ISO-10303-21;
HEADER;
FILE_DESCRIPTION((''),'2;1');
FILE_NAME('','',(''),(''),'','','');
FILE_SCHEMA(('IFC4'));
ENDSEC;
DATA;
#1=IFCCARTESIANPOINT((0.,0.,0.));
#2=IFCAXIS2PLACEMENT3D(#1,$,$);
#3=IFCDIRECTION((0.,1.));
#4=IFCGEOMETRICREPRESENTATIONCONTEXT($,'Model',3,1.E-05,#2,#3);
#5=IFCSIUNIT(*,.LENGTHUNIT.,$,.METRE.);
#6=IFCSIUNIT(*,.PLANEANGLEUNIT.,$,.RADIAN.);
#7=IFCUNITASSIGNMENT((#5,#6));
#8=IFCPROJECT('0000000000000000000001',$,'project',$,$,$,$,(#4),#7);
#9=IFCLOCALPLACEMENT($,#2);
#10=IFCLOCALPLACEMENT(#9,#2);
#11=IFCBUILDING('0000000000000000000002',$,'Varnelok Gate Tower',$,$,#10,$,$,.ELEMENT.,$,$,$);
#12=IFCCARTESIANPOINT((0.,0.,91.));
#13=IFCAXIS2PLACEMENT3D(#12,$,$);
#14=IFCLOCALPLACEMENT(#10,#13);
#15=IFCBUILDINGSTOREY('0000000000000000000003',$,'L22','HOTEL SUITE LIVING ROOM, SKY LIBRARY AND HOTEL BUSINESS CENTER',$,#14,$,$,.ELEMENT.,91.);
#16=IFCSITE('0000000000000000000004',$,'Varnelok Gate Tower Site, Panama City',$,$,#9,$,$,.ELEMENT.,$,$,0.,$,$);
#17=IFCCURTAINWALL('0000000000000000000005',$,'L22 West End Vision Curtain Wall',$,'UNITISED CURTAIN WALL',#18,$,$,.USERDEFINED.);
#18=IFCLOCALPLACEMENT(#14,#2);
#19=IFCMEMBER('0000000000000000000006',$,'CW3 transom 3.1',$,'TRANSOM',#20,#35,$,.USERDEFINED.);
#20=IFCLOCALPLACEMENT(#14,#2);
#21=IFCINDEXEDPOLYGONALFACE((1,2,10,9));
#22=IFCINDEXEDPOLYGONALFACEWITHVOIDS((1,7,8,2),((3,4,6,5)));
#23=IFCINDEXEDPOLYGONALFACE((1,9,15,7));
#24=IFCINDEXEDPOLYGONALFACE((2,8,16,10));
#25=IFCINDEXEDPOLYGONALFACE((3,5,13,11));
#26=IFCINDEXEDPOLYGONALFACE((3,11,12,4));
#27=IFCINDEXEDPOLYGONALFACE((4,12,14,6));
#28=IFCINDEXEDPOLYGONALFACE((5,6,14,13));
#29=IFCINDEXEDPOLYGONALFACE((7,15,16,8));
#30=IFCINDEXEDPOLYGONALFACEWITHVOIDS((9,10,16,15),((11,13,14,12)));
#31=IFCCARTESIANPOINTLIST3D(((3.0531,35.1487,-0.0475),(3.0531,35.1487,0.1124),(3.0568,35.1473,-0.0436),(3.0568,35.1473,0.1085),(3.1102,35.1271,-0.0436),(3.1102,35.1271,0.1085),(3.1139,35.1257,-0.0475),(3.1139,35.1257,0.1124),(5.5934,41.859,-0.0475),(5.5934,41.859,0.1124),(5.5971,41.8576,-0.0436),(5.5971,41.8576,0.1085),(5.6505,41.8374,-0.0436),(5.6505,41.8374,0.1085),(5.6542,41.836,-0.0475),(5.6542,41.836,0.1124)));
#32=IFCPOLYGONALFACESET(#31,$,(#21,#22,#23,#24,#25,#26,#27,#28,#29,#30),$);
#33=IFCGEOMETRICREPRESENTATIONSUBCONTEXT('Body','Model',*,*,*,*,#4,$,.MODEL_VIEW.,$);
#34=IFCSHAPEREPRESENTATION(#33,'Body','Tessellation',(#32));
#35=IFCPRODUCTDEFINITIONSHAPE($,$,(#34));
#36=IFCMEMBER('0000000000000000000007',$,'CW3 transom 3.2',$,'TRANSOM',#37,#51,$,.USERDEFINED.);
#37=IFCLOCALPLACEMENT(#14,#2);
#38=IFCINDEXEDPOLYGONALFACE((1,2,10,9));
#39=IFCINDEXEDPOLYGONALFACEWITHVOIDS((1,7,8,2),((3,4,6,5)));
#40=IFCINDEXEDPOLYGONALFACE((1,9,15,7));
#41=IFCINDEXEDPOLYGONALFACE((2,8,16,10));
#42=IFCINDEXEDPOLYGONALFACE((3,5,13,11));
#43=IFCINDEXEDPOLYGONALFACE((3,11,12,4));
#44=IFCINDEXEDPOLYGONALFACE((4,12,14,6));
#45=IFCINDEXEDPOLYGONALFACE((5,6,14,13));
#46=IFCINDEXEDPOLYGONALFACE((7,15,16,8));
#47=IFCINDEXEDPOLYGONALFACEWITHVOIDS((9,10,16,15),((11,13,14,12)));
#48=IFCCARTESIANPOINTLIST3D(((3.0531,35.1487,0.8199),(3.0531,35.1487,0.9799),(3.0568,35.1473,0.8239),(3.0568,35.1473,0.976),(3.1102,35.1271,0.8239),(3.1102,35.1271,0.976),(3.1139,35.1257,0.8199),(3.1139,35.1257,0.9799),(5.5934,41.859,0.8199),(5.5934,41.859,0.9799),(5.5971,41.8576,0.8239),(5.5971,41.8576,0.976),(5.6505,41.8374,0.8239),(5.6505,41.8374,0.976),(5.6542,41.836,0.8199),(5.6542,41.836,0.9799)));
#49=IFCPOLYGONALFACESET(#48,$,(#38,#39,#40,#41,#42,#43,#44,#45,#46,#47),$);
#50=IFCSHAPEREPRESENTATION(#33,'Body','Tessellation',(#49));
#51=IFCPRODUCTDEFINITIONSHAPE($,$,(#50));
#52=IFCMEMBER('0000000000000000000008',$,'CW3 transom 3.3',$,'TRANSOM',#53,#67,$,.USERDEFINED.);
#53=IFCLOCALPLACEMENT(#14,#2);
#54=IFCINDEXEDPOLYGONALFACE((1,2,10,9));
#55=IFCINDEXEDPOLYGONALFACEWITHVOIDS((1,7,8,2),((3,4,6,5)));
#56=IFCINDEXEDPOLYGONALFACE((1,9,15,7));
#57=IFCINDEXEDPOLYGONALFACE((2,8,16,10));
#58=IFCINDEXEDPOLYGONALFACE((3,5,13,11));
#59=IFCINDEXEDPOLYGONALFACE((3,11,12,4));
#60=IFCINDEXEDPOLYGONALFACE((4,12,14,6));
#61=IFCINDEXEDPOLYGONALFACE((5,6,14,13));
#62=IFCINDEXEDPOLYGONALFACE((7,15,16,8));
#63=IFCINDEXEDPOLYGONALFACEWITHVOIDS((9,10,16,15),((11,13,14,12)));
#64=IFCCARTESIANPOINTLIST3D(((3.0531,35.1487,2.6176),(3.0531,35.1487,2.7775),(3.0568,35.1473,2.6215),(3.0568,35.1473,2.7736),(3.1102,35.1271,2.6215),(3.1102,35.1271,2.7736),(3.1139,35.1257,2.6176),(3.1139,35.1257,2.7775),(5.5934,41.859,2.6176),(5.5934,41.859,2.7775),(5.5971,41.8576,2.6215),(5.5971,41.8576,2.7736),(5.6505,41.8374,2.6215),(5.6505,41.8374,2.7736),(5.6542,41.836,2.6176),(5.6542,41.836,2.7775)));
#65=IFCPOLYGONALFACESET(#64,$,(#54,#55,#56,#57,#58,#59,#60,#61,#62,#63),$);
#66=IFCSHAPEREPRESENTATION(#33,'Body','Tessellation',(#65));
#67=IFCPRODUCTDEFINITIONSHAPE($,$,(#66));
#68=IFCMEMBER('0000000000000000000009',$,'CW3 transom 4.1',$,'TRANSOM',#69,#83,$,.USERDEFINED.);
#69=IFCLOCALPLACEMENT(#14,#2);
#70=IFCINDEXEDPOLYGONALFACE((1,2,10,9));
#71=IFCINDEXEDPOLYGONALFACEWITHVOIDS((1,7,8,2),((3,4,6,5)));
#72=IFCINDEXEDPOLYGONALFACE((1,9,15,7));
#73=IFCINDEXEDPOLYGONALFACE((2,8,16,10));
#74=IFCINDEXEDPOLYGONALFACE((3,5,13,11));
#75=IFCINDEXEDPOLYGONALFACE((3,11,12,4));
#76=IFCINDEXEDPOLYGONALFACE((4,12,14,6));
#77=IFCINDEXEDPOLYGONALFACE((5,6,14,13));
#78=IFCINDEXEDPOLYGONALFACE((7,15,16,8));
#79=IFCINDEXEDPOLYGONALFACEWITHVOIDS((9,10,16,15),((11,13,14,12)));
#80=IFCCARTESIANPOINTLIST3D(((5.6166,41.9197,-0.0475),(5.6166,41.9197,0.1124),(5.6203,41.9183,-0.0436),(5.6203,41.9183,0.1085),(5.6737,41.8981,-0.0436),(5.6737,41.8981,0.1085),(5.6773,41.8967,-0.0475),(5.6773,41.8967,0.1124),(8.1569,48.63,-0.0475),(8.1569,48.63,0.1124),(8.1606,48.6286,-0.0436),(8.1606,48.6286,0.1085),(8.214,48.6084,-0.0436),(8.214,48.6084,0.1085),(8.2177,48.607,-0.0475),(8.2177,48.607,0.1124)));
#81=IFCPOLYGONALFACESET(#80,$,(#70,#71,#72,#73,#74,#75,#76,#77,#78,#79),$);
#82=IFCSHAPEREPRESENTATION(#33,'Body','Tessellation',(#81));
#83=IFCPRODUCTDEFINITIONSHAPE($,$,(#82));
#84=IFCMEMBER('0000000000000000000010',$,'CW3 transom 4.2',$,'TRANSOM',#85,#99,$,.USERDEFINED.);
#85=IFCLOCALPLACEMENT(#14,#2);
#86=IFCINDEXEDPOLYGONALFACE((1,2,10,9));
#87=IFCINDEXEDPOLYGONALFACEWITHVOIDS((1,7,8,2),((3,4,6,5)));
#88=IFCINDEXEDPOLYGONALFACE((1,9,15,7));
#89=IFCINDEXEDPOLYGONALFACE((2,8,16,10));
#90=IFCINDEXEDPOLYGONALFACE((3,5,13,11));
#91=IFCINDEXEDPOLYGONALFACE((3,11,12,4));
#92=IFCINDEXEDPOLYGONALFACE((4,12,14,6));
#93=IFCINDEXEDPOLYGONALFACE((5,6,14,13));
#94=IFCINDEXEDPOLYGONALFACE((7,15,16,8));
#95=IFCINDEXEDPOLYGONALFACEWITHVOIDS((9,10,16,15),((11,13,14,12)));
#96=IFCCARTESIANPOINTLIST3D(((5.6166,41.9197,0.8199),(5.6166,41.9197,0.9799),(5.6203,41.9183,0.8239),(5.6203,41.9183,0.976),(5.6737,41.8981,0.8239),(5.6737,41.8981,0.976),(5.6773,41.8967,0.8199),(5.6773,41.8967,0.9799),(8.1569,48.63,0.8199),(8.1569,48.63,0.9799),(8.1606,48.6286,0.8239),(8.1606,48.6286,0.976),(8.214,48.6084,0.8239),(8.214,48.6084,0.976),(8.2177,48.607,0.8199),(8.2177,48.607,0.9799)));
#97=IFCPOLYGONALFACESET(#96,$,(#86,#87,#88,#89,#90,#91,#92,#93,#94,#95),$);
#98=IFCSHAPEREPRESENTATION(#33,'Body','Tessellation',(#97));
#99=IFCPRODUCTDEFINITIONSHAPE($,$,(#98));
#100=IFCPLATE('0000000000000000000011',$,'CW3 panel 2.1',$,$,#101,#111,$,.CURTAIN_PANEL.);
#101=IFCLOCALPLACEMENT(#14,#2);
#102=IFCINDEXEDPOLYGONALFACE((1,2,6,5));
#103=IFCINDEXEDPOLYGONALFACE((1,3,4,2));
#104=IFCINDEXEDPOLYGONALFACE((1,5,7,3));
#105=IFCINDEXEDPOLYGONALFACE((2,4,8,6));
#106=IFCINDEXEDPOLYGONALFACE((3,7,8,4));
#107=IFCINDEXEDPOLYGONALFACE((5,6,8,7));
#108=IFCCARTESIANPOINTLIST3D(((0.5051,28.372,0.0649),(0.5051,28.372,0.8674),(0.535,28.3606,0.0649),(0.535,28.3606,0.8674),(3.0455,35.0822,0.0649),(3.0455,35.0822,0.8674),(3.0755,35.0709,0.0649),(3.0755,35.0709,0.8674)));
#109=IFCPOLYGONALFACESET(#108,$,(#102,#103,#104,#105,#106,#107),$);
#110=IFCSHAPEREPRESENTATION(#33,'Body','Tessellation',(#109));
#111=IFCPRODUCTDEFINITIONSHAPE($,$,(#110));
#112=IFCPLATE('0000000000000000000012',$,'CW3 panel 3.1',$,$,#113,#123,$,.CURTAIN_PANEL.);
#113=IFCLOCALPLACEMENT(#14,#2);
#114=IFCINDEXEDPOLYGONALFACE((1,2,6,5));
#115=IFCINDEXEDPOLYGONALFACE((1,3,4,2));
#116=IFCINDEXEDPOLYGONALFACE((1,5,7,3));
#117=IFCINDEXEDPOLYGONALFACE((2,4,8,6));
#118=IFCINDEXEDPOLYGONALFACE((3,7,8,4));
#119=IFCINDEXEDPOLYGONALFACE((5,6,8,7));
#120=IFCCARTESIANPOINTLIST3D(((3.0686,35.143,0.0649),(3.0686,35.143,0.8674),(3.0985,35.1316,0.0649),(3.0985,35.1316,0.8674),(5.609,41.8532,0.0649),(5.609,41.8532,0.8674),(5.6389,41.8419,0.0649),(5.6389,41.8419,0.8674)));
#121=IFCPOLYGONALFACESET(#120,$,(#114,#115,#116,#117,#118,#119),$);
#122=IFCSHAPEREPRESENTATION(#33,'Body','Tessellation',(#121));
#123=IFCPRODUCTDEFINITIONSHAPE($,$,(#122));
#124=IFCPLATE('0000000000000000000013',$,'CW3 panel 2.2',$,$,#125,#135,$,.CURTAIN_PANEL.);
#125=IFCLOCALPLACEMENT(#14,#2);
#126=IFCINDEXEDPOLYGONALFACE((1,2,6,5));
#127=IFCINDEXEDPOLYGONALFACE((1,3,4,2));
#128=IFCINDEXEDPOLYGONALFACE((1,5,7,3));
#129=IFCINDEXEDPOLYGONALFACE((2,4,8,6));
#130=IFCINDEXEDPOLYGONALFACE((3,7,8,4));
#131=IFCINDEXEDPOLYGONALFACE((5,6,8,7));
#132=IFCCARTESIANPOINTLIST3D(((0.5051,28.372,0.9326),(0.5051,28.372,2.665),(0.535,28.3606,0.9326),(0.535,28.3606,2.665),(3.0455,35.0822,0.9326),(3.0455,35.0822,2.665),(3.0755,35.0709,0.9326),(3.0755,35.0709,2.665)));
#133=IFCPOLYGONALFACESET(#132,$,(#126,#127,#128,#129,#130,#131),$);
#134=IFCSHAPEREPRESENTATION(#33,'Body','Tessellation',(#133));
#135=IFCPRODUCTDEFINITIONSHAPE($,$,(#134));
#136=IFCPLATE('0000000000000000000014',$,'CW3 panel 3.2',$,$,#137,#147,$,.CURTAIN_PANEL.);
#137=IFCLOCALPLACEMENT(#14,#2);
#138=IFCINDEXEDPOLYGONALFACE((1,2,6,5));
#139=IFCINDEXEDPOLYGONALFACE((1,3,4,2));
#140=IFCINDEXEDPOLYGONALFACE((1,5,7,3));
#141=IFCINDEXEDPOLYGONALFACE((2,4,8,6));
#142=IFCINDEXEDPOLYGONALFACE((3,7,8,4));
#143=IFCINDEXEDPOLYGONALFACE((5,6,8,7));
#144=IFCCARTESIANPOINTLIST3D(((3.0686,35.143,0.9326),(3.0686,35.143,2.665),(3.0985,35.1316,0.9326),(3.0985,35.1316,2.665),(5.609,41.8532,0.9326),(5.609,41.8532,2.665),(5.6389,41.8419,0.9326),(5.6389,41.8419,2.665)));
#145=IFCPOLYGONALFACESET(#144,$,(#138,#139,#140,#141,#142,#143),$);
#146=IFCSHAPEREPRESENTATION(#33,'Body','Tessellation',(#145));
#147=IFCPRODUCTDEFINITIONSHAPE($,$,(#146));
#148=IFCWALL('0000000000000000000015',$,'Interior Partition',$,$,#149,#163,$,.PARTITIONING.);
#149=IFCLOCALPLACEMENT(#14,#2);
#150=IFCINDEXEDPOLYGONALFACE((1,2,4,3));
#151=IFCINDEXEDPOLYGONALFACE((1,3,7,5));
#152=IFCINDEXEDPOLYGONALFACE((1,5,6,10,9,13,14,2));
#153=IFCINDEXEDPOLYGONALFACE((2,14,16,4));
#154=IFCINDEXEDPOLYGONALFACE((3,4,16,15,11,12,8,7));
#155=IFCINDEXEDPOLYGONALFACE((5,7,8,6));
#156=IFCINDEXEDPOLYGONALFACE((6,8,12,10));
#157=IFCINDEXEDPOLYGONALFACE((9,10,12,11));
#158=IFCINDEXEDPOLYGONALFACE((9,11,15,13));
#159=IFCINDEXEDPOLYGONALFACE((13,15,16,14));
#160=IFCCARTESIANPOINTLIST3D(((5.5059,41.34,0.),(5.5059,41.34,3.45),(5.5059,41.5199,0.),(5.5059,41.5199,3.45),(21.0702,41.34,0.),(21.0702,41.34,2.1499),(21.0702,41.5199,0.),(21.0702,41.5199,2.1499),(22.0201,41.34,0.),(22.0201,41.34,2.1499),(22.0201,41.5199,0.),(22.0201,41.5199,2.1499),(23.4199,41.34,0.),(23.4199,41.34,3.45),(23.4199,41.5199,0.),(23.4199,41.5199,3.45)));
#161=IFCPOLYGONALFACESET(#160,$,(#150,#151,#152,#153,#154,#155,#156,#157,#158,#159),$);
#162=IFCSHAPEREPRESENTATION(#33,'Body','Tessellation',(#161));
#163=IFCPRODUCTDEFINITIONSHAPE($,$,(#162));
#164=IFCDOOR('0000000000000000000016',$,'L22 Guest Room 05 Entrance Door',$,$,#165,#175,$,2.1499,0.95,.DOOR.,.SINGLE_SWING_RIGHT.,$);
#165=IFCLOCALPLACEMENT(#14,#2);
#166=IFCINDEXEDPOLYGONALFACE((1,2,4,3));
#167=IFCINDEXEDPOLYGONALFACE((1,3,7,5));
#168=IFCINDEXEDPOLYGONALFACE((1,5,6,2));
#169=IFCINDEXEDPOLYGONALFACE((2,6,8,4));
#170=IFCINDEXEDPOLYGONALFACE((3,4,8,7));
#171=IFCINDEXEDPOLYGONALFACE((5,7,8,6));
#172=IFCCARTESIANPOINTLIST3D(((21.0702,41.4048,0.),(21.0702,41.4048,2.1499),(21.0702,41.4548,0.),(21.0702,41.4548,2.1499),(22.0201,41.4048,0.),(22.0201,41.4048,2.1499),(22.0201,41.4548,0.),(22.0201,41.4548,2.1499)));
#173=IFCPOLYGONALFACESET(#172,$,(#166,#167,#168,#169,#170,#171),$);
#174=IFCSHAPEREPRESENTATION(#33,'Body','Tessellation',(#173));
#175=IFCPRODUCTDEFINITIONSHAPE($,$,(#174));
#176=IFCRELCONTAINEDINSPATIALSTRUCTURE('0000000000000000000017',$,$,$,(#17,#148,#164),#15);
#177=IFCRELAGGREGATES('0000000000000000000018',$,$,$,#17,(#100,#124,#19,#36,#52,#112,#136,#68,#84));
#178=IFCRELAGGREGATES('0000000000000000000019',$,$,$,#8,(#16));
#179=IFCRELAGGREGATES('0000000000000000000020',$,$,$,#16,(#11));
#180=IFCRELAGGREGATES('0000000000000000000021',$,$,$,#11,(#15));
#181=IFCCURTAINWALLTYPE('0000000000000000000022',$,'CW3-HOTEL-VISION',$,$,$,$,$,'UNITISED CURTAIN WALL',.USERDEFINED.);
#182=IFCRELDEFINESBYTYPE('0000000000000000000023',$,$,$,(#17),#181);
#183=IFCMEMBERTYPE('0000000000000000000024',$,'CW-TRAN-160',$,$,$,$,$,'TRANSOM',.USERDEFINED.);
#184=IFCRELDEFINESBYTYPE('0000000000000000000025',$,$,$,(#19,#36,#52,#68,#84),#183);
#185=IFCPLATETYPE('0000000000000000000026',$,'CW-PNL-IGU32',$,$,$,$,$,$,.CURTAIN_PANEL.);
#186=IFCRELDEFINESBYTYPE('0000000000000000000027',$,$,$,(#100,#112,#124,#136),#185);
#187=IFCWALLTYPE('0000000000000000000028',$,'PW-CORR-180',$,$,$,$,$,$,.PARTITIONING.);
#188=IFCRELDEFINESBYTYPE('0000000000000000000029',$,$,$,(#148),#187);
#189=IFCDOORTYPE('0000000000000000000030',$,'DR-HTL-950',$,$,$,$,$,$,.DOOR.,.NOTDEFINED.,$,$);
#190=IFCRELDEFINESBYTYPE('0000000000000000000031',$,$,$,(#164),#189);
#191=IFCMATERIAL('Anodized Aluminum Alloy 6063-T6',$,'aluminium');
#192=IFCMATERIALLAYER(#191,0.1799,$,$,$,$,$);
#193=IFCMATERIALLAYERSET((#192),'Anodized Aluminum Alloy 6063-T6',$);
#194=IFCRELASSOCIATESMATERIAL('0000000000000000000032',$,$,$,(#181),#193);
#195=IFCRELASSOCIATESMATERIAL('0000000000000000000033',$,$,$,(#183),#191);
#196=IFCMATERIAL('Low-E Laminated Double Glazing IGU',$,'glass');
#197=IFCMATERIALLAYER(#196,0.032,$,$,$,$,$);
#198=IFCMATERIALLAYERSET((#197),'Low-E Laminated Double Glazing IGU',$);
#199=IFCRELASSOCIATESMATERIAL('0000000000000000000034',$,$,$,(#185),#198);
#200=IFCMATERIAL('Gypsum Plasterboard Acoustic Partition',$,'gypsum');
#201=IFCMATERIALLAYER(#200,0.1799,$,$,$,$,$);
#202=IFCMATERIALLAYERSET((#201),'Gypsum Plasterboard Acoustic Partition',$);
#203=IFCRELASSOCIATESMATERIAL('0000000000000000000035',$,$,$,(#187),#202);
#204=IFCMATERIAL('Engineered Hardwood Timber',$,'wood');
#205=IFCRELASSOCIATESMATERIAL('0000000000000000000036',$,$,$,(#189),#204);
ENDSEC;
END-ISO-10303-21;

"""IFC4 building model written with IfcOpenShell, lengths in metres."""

from ifc_helpers import new_model, si_unit, direction, frame, frame_2d, origin, origin_2d, place, context, subcontext, project, spatial, rectangle, hollow_rectangle, extrude, source, transform, mapped, material, layer, layer_set, material_profile, profile_set, type_object, element, fill, aggregate, save


model = new_model("IFC4")

# Units and contexts
model_context = context("Model", 3, precision=1e-05, world=origin(), true_north=direction((0.0, 1.0)))
body_context = subcontext(model_context, "Body", "Model", "MODEL_VIEW")
ifc_project = project(units=[si_unit("LENGTHUNIT", "METRE"), si_unit("PLANEANGLEUNIT", "RADIAN")], contexts=[model_context])

# Site, building, storey
site_placement = place(None, origin())
site = spatial("IfcSite", under=ifc_project, at=site_placement, Name="Varnelok Gate Tower Site, Panama City", CompositionType="ELEMENT", RefElevation=0.0)
building_placement = place(site_placement, origin())
building = spatial("IfcBuilding", under=site, at=building_placement, Name="Varnelok Gate Tower", CompositionType="ELEMENT")
storey_placement = place(building_placement, frame((0.0, 0.0, 91.0)))
storey = spatial("IfcBuildingStorey", under=building, at=storey_placement, Name="L22", Description="HOTEL SUITE LIVING ROOM, SKY LIBRARY AND HOTEL BUSINESS CENTER", CompositionType="ELEMENT", Elevation=91.0)

# Curtain wall, members, plates
ifc_material_1 = material(Name="Anodized Aluminum Alloy 6063-T6", Category="aluminium")
ifc_layer_1 = layer(ifc_material_1, 0.1799)
ifc_layer_set_1 = layer_set([ifc_layer_1], Name="Anodized Aluminum Alloy 6063-T6")
curtain_wall_type = type_object("IfcCurtainWallType", Name="CW3-HOTEL-VISION", ElementType="UNITISED CURTAIN WALL", PredefinedType="USERDEFINED", material=ifc_layer_set_1)
curtain_wall_placement = place(storey_placement, origin())
curtain_wall = element("IfcCurtainWall", 1, at=curtain_wall_placement, inside=storey, type_object=curtain_wall_type, Name="L22 West End Vision Curtain Wall", ObjectType="UNITISED CURTAIN WALL", PredefinedType="USERDEFINED")
ifc_material_profile_1 = material_profile(ifc_material_1, hollow_rectangle(XDim=0.0649, YDim=0.1599, WallThickness=0.0039, at=origin_2d()), Name="ALU160X65X4")
ifc_profile_set_1 = profile_set([ifc_material_profile_1], Name="Anodized Aluminum Alloy 6063-T6")
member_type_1 = type_object("IfcMemberType", Name="CW-TRAN-160", ElementType="TRANSOM", PredefinedType="USERDEFINED", material=ifc_profile_set_1)
member_1_placement = place(storey_placement, frame((3.0835, 35.1372, 0.0325), z_axis=(0.354049, 0.935227, 0.0), x_axis=(-0.935227, 0.354049, 0.0)))
member_1 = element("IfcMember", 2, at=member_1_placement, type_object=member_type_1, Name="CW3 transom 3.1", ObjectType="TRANSOM", PredefinedType="USERDEFINED", context=body_context, shape_type="SweptSolid", body=[
    extrude(hollow_rectangle(XDim=0.0649, YDim=0.1599, WallThickness=0.0039, at=origin_2d()), origin(), (0.0, 0.0, 1.0), 7.175),
])
member_2_placement = place(storey_placement, frame((3.0835, 35.1372, 0.8999), z_axis=(0.354049, 0.935227, 0.0), x_axis=(-0.935227, 0.354049, 0.0)))
member_2 = element("IfcMember", 3, at=member_2_placement, type_object=member_type_1, Name="CW3 transom 3.2", ObjectType="TRANSOM", PredefinedType="USERDEFINED", context=body_context, shape_type="SweptSolid", body=[
    extrude(hollow_rectangle(XDim=0.0649, YDim=0.1599, WallThickness=0.0039, at=origin_2d()), origin(), (0.0, 0.0, 1.0), 7.175),
])
member_3_placement = place(storey_placement, frame((3.0835, 35.1372, 2.6975), z_axis=(0.354049, 0.935227, 0.0), x_axis=(-0.935227, 0.354049, 0.0)))
member_3 = element("IfcMember", 4, at=member_3_placement, type_object=member_type_1, Name="CW3 transom 3.3", ObjectType="TRANSOM", PredefinedType="USERDEFINED", context=body_context, shape_type="SweptSolid", body=[
    extrude(hollow_rectangle(XDim=0.0649, YDim=0.1599, WallThickness=0.0039, at=origin_2d()), origin(), (0.0, 0.0, 1.0), 7.175),
])
member_4_placement = place(storey_placement, frame((5.647, 41.9082, 0.0325), z_axis=(0.354049, 0.935227, 0.0), x_axis=(-0.935227, 0.354049, 0.0)))
member_4 = element("IfcMember", 5, at=member_4_placement, type_object=member_type_1, Name="CW3 transom 4.1", ObjectType="TRANSOM", PredefinedType="USERDEFINED", context=body_context, shape_type="SweptSolid", body=[
    extrude(hollow_rectangle(XDim=0.0649, YDim=0.1599, WallThickness=0.0039, at=origin_2d()), origin(), (0.0, 0.0, 1.0), 7.175),
])
member_5_placement = place(storey_placement, frame((5.647, 41.9082, 0.8999), z_axis=(0.354049, 0.935227, 0.0), x_axis=(-0.935227, 0.354049, 0.0)))
member_5 = element("IfcMember", 6, at=member_5_placement, type_object=member_type_1, Name="CW3 transom 4.2", ObjectType="TRANSOM", PredefinedType="USERDEFINED", context=body_context, shape_type="SweptSolid", body=[
    extrude(hollow_rectangle(XDim=0.0649, YDim=0.1599, WallThickness=0.0039, at=origin_2d()), origin(), (0.0, 0.0, 1.0), 7.175),
])
ifc_material_2 = material(Name="Low-E Laminated Double Glazing IGU", Category="glass")
ifc_layer_2 = layer(ifc_material_2, 0.032)
ifc_layer_set_2 = layer_set([ifc_layer_2], Name="Low-E Laminated Double Glazing IGU")
plate_type = type_object("IfcPlateType", Name="CW-PNL-IGU32", PredefinedType="CURTAIN_PANEL", material=ifc_layer_set_2)
shared_shape_1 = source(origin(), body_context, "Body", "SweptSolid", [
    extrude(rectangle(XDim=7.175, YDim=0.032, at=origin_2d()), origin(), (0.0, 0.0, 1.0), 0.8025),
])
plate_1_placement = place(storey_placement, frame((1.7903, 31.7214, 0.0649), z_axis=(0.0, 0.0, 1.0), x_axis=(0.354064, 0.935221, 0.0)))
plate_1 = element("IfcPlate", 7, at=plate_1_placement, type_object=plate_type, Name="CW3 panel 2.1", PredefinedType="CURTAIN_PANEL", context=body_context, shape_type="MappedRepresentation", body=[
    mapped(shared_shape_1, transform((0.0, 0.0, 0.0), scale=1.0)),
])
plate_2_placement = place(storey_placement, frame((4.3538, 38.4924, 0.0649), z_axis=(0.0, 0.0, 1.0), x_axis=(0.354064, 0.935221, 0.0)))
plate_2 = element("IfcPlate", 8, at=plate_2_placement, type_object=plate_type, Name="CW3 panel 3.1", PredefinedType="CURTAIN_PANEL", context=body_context, shape_type="MappedRepresentation", body=[
    mapped(shared_shape_1, transform((0.0, 0.0, 0.0), scale=1.0)),
])
shared_shape_2 = source(origin(), body_context, "Body", "SweptSolid", [
    extrude(rectangle(XDim=7.175, YDim=0.032, at=origin_2d()), origin(), (0.0, 0.0, 1.0), 1.7324),
])
plate_3_placement = place(storey_placement, frame((1.7903, 31.7214, 0.9326), z_axis=(0.0, 0.0, 1.0), x_axis=(0.354064, 0.935221, 0.0)))
plate_3 = element("IfcPlate", 9, at=plate_3_placement, type_object=plate_type, Name="CW3 panel 2.2", PredefinedType="CURTAIN_PANEL", context=body_context, shape_type="MappedRepresentation", body=[
    mapped(shared_shape_2, transform((0.0, 0.0, 0.0), scale=1.0)),
])
plate_4_placement = place(storey_placement, frame((4.3538, 38.4924, 0.9326), z_axis=(0.0, 0.0, 1.0), x_axis=(0.354064, 0.935221, 0.0)))
plate_4 = element("IfcPlate", 10, at=plate_4_placement, type_object=plate_type, Name="CW3 panel 3.2", PredefinedType="CURTAIN_PANEL", context=body_context, shape_type="MappedRepresentation", body=[
    mapped(shared_shape_2, transform((0.0, 0.0, 0.0), scale=1.0)),
])
aggregate(curtain_wall, [plate_1, plate_3, member_1, member_2, member_3, plate_2, plate_4, member_4, member_5])

# Wall, opening, door
ifc_material_3 = material(Name="Gypsum Plasterboard Acoustic Partition", Category="gypsum")
ifc_layer_3 = layer(ifc_material_3, 0.1799)
ifc_layer_set_3 = layer_set([ifc_layer_3], Name="Gypsum Plasterboard Acoustic Partition")
wall_type_1 = type_object("IfcWallType", Name="PW-CORR-180", PredefinedType="PARTITIONING", material=ifc_layer_set_3)
wall_1_placement = place(storey_placement, frame((5.5059, 41.4299, 0.0), z_axis=(0.0, 0.0, 1.0), x_axis=(1.0, 0.0, 0.0)))
wall_1 = element("IfcWall", 11, at=wall_1_placement, inside=storey, type_object=wall_type_1, Name="Interior Partition", PredefinedType="PARTITIONING", context=body_context, shape_type="SweptSolid", body=[
    extrude(rectangle(XDim=17.9141, YDim=0.1799, at=frame_2d((8.957, 0.0))), origin(), (0.0, 0.0, 1.0), 3.45),
])
opening_1_placement = place(wall_1_placement, frame((15.5642, 0.0, 0.0)))
opening_1 = element("IfcOpeningElement", 12, at=opening_1_placement, cuts=wall_1, PredefinedType="OPENING", context=body_context, shape_type="SweptSolid", body=[
    extrude(rectangle(XDim=0.95, YDim=2.1499, at=frame_2d((0.4751, 1.075))), frame((0.0, 0.0999, 0.0), z_axis=(0.0, -1.0, 0.0), x_axis=(1.0, 0.0, 0.0)), (0.0, 0.0, 1.0), 0.2),
])
ifc_material_4 = material(Name="Engineered Hardwood Timber", Category="wood")
door_type_1 = type_object("IfcDoorType", Name="DR-HTL-950", OperationType="NOTDEFINED", PredefinedType="DOOR", material=ifc_material_4)
door_1_placement = place(opening_1_placement, origin())
door_1 = element("IfcDoor", 13, at=door_1_placement, inside=storey, type_object=door_type_1, Name="L22 Guest Room 05 Entrance Door", OperationType="SINGLE_SWING_RIGHT", OverallHeight=2.1499, OverallWidth=0.95, PredefinedType="DOOR", context=body_context, shape_type="SweptSolid", body=[
    extrude(rectangle(XDim=0.95, YDim=2.1499, at=frame_2d((0.4751, 1.075))), frame((0.0, 0.0249, 0.0), z_axis=(0.0, -1.0, 0.0), x_axis=(1.0, 0.0, 0.0)), (0.0, 0.0, 1.0), 0.05),
])
fill(opening_1, door_1)

save(model, "model.ifc")
